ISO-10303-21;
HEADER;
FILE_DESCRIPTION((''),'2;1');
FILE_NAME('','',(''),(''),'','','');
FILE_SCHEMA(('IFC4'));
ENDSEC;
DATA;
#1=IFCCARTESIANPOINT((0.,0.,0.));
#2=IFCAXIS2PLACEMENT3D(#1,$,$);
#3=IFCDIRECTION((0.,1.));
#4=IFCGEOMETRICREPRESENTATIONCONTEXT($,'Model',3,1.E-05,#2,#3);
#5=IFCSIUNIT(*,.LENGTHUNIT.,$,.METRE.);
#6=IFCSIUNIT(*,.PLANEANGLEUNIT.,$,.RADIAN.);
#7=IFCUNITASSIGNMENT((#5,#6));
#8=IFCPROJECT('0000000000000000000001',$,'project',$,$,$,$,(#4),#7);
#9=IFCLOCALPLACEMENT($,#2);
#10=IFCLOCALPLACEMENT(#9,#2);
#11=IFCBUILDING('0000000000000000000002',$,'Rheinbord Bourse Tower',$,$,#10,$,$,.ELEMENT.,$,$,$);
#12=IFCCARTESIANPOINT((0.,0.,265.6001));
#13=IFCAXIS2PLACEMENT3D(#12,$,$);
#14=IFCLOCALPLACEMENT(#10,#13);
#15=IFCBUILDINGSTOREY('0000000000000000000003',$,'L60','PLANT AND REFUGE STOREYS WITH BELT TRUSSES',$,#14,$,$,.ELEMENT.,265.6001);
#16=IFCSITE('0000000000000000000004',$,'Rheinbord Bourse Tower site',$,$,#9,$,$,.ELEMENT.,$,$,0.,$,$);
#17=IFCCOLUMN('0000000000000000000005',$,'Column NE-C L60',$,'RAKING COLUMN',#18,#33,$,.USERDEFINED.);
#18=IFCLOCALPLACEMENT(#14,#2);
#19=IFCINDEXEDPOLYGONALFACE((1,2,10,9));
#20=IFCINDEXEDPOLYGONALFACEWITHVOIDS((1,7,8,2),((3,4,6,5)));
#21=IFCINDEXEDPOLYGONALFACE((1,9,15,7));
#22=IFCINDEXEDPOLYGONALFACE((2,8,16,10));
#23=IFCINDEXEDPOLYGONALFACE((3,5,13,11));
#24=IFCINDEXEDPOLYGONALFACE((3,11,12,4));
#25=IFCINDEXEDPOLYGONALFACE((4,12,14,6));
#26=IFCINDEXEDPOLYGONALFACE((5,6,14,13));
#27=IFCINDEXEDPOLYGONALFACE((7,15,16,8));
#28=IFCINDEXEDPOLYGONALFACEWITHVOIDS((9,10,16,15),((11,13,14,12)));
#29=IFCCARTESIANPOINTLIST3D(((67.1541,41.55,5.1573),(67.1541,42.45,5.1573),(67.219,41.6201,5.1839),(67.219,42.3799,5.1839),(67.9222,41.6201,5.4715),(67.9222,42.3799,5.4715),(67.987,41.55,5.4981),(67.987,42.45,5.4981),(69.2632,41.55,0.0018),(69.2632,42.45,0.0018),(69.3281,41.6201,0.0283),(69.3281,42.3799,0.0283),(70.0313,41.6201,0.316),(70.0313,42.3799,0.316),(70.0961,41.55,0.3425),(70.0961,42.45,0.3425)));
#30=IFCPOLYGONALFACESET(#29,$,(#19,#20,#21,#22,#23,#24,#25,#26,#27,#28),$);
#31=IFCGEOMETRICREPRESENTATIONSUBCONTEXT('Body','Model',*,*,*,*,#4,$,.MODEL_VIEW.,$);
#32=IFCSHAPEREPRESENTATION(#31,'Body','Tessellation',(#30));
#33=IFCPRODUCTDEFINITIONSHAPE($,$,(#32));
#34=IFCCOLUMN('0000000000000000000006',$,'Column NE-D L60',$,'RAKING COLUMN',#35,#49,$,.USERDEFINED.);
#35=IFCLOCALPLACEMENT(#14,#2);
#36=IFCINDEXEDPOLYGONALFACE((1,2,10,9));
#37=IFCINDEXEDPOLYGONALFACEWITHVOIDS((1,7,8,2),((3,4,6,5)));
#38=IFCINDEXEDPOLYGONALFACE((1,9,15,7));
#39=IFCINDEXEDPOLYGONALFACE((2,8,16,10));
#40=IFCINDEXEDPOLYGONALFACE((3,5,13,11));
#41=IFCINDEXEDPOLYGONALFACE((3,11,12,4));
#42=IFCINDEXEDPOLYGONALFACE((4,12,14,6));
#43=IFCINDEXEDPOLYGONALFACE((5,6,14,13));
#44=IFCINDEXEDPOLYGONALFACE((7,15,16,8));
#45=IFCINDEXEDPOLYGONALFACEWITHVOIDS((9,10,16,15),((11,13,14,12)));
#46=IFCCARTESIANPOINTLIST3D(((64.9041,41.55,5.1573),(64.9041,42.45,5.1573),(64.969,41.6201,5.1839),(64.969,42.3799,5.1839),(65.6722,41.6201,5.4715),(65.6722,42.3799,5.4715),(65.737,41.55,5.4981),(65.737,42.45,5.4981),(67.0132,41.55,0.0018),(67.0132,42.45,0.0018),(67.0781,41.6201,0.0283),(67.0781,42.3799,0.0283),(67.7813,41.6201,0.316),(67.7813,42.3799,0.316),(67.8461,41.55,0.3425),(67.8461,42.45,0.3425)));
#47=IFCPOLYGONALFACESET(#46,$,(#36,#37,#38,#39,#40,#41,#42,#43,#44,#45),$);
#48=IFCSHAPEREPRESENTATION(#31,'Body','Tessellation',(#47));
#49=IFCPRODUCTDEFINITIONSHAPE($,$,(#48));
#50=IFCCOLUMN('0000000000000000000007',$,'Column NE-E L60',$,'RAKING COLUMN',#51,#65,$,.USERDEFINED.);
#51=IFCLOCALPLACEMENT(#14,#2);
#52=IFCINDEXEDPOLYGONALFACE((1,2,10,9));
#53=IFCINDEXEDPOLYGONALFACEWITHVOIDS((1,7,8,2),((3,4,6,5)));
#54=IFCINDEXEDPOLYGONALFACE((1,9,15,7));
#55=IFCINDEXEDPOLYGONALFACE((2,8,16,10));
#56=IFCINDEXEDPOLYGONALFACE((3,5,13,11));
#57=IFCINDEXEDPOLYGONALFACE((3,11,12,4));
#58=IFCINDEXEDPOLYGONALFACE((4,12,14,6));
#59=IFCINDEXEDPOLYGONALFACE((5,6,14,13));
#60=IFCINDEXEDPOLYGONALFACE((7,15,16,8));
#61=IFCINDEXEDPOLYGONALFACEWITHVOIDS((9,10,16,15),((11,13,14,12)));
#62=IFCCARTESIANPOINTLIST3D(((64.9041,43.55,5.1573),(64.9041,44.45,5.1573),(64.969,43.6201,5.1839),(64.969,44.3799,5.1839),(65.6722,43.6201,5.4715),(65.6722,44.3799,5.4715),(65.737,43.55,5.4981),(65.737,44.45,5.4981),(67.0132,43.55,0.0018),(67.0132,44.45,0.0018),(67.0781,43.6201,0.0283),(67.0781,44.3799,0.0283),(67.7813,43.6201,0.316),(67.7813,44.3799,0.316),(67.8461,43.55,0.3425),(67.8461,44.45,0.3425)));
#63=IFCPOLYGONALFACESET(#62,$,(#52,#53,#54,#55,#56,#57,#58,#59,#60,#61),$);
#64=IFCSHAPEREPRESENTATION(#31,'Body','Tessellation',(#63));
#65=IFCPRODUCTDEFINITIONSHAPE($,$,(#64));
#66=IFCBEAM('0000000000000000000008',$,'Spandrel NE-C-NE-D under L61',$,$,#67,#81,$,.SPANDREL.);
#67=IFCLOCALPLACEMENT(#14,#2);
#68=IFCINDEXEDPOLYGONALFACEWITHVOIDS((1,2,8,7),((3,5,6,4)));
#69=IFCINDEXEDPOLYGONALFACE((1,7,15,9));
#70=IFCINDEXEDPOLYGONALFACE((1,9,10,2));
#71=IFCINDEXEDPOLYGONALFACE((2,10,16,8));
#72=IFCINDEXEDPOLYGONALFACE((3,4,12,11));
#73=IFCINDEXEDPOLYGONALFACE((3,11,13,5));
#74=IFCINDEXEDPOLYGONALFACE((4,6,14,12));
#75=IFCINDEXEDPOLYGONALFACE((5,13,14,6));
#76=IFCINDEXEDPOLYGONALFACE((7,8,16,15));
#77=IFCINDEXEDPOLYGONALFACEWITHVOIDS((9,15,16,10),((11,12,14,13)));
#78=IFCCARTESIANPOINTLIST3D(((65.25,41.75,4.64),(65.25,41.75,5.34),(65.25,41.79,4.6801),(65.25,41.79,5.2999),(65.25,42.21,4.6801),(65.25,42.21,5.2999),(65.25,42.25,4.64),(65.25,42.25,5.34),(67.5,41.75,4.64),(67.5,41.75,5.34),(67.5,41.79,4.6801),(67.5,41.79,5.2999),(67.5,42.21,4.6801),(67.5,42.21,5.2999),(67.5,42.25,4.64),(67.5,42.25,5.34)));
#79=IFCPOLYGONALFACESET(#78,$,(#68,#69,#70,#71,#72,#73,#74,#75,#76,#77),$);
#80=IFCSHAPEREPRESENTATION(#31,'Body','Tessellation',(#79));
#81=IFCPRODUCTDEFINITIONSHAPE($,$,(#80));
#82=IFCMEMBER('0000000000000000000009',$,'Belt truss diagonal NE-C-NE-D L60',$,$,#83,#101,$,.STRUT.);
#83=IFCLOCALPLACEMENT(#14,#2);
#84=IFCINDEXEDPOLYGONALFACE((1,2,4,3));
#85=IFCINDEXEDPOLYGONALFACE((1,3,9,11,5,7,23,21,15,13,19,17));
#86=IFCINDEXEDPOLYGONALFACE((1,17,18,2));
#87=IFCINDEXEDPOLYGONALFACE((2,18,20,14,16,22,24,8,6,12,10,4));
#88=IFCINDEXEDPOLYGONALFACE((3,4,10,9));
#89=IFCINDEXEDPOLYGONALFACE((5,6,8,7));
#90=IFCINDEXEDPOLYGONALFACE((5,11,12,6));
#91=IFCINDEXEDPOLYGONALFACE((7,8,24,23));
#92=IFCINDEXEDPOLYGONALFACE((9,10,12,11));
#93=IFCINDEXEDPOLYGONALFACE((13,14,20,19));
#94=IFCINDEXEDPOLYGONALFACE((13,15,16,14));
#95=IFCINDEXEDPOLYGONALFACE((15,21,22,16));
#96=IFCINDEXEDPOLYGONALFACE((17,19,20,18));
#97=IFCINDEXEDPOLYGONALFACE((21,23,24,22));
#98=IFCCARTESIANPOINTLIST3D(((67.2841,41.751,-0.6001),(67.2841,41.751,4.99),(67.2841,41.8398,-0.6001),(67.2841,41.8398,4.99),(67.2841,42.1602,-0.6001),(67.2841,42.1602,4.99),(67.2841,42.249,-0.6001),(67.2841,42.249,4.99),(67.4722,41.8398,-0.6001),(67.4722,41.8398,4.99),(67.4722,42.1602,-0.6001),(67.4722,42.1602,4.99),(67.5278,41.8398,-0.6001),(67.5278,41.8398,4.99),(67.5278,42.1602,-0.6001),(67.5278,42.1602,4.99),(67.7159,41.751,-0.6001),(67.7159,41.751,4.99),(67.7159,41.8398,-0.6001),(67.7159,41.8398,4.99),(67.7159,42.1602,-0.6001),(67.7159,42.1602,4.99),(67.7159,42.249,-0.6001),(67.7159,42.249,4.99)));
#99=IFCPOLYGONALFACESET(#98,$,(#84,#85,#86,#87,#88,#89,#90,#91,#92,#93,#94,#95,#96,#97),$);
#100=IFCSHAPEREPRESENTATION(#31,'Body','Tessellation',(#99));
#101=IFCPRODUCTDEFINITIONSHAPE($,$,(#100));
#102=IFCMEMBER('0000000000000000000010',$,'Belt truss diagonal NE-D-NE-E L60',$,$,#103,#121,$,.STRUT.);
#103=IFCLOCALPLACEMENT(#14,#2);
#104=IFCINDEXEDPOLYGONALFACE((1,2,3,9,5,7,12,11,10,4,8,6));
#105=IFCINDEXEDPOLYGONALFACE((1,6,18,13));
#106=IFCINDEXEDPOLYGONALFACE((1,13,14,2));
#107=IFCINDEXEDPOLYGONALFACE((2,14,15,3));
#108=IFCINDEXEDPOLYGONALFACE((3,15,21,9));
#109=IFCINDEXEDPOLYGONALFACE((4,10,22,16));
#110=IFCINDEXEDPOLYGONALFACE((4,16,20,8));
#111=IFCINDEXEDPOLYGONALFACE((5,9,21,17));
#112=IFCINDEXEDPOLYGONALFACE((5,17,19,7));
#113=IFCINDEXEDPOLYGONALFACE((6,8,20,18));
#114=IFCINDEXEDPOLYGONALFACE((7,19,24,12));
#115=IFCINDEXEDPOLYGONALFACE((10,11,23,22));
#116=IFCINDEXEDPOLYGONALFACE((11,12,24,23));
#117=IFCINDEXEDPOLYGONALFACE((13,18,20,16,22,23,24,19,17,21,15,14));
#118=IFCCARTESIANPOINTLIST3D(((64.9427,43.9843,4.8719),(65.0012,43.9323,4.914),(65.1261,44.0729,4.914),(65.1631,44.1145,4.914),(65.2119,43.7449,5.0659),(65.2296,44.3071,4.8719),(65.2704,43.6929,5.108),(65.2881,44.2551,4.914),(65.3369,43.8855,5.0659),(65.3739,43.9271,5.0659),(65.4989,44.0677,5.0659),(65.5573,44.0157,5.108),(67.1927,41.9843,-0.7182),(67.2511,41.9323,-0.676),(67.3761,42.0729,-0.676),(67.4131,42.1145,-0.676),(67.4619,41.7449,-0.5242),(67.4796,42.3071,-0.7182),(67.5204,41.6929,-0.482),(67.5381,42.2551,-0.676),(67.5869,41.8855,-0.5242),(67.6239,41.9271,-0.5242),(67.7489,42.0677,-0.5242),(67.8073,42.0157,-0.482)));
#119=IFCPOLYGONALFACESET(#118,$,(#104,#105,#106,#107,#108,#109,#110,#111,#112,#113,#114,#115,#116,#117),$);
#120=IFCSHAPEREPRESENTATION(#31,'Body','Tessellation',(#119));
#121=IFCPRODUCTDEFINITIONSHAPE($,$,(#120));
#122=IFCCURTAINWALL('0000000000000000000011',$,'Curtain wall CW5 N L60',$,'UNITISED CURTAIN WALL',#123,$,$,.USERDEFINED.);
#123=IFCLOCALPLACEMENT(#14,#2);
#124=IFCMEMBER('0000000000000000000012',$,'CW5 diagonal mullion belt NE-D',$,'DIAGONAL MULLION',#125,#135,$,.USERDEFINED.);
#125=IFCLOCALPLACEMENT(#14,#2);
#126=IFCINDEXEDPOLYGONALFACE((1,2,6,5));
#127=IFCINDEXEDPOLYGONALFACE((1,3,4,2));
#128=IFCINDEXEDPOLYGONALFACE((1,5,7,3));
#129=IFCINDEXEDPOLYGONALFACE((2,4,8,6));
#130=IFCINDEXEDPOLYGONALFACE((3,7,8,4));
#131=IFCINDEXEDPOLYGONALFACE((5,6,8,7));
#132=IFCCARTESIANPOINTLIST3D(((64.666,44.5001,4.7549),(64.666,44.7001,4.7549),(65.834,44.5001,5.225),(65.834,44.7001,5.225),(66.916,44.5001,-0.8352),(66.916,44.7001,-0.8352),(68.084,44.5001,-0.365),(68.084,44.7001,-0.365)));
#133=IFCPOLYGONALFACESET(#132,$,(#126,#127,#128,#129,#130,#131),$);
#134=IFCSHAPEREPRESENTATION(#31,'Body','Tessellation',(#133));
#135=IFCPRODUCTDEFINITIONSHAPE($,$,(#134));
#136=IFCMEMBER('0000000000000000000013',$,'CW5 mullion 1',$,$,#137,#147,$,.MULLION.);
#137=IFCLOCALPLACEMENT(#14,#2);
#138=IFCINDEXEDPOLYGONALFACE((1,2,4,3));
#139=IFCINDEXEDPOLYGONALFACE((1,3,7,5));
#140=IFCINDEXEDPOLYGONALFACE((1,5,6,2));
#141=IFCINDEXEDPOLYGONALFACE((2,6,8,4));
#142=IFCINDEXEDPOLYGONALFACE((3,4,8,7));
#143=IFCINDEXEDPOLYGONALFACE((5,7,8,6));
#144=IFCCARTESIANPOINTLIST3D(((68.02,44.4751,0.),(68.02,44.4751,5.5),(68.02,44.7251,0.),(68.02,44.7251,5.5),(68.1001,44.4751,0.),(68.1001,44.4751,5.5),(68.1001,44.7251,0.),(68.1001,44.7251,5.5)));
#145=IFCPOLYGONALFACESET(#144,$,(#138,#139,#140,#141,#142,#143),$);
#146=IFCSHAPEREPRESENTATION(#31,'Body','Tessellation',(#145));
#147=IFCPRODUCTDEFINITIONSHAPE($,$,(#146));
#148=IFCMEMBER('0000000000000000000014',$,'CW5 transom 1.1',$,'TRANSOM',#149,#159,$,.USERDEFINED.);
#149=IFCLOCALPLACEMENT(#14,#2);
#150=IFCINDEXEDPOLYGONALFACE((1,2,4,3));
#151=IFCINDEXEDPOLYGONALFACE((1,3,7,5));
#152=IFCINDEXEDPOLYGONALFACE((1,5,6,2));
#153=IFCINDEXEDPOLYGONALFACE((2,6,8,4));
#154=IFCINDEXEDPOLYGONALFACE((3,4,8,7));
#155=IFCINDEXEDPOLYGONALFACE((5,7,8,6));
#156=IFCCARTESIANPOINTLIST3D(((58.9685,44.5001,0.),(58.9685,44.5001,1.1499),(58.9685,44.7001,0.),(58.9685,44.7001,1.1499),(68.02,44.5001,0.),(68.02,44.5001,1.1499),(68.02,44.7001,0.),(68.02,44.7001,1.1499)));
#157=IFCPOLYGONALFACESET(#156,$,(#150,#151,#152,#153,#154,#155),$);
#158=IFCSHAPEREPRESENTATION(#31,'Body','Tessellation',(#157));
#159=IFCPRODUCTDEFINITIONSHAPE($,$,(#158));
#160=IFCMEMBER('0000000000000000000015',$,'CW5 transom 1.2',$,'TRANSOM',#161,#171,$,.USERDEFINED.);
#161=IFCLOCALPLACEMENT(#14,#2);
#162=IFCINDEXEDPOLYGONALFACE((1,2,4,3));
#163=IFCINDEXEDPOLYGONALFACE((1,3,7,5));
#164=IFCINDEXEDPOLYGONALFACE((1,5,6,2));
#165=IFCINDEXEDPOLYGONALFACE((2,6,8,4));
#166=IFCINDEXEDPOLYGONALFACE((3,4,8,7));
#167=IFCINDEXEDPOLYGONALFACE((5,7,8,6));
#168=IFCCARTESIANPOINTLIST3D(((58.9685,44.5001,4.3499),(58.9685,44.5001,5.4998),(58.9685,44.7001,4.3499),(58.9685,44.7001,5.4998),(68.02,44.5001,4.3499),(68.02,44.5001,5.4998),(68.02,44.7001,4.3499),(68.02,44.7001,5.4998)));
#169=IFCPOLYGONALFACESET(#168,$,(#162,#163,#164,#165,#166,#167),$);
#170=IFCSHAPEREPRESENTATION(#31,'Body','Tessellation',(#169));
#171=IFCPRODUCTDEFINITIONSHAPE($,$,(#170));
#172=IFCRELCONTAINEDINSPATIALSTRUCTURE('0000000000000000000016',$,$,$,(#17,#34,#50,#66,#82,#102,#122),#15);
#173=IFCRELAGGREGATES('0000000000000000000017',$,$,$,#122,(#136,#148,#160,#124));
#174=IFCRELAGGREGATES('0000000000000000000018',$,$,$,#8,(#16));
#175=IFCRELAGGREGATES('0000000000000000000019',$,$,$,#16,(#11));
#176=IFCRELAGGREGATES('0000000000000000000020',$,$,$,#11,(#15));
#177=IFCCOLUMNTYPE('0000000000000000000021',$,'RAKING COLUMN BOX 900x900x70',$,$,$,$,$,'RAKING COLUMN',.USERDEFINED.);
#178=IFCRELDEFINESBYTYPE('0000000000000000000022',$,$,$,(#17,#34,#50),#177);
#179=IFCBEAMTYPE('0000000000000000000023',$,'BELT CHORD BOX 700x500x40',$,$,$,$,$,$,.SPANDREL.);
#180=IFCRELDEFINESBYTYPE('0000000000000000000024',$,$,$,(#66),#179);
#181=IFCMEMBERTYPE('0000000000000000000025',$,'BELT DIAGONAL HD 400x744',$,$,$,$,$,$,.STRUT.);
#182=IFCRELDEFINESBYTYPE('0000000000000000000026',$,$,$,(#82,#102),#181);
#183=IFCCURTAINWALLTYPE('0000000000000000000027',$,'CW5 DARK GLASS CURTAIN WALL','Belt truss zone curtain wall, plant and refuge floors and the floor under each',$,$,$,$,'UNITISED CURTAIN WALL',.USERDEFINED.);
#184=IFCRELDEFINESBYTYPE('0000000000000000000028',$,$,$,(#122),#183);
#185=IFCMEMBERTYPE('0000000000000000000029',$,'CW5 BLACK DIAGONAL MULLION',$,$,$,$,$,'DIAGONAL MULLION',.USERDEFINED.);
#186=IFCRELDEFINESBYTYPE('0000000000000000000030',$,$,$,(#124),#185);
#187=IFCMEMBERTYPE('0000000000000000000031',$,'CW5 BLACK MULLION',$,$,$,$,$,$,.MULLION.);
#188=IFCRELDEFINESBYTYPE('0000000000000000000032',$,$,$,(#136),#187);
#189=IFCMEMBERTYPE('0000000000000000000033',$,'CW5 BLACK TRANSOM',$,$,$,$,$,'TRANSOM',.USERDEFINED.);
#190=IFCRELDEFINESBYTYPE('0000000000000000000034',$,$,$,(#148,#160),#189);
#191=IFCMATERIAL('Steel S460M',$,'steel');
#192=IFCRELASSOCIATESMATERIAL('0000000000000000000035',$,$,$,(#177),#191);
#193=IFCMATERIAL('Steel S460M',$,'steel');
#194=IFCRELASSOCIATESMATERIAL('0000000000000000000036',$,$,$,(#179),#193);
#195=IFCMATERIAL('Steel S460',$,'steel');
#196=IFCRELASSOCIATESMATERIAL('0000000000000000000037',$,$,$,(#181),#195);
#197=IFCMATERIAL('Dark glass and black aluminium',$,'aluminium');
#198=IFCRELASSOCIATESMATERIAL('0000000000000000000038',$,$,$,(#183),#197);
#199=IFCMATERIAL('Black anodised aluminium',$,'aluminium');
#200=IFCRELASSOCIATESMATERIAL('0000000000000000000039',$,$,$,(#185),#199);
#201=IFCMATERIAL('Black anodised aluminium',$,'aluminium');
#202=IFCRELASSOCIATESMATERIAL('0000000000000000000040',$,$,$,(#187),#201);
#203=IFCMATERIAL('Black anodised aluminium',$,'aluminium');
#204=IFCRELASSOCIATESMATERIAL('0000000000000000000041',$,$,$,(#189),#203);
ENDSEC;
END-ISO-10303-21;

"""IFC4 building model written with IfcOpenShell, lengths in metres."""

from ifc_helpers import new_model, si_unit, direction, frame, origin, origin_2d, place, context, subcontext, project, spatial, rectangle, hollow_rectangle, i_section, extrude, material, material_profile, profile_set, type_object, element, aggregate, save


model = new_model("IFC4")

# Units and contexts
model_context = context("Model", 3, precision=1e-05, world=origin(), true_north=direction((0.0, 1.0)))
body_context = subcontext(model_context, "Body", "Model", "MODEL_VIEW")
ifc_project = project(units=[si_unit("LENGTHUNIT", "METRE"), si_unit("PLANEANGLEUNIT", "RADIAN")], contexts=[model_context])

# Site, building, storey
site_placement = place(None, origin())
site = spatial("IfcSite", under=ifc_project, at=site_placement, Name="Rheinbord Bourse Tower site", CompositionType="ELEMENT", RefElevation=0.0)
building_placement = place(site_placement, origin())
building = spatial("IfcBuilding", under=site, at=building_placement, Name="Rheinbord Bourse Tower", CompositionType="ELEMENT")
storey_placement = place(building_placement, frame((0.0, 0.0, 265.6001)))
storey = spatial("IfcBuildingStorey", under=building, at=storey_placement, Name="L60", Description="PLANT AND REFUGE STOREYS WITH BELT TRUSSES", CompositionType="ELEMENT", Elevation=265.6001)

# Columns
ifc_material_1 = material(Name="Steel S460M", Category="steel")
ifc_material_profile_1 = material_profile(ifc_material_1, hollow_rectangle(XDim=0.8999, YDim=0.8999, WallThickness=0.0701, at=origin_2d()), Name="BOX 900x900x70")
ifc_profile_set_1 = profile_set([ifc_material_profile_1], Name="Steel S460M")
column_type = type_object("IfcColumnType", Name="RAKING COLUMN BOX 900x900x70", ElementType="RAKING COLUMN", PredefinedType="USERDEFINED", material=ifc_profile_set_1)
for number, where, z_axis, x_axis, name in (
    (1, (69.6797, 42.0, 0.1721), (-0.378633, 0.0, 0.925547), (0.925547, 0.0, 0.378633), "Column NE-C L60"),
    (2, (67.4297, 42.0, 0.1721), (-0.378633, 0.0, 0.925547), (0.0, -1.0, 0.0), "Column NE-D L60"),
    (3, (67.4297, 44.0, 0.1721), (-0.378633, 0.0, 0.925547), (0.0, -1.0, 0.0), "Column NE-E L60"),
):
    element("IfcColumn", number, at=place(storey_placement, frame(where, z_axis=z_axis, x_axis=x_axis)), inside=storey, type_object=column_type, Name=name, ObjectType="RAKING COLUMN", PredefinedType="USERDEFINED", context=body_context, shape_type="SweptSolid", body=[
        extrude(hollow_rectangle(XDim=0.8999, YDim=0.8999, WallThickness=0.0701, at=origin_2d()), origin(), (0.0, 0.0, 1.0), 5.5703),
    ])

# Beam
ifc_material_2 = material(Name="Steel S460M", Category="steel")
ifc_material_profile_2 = material_profile(ifc_material_2, hollow_rectangle(XDim=0.5, YDim=0.7, WallThickness=0.04, at=origin_2d()), Name="BOX 700x500x40")
ifc_profile_set_2 = profile_set([ifc_material_profile_2], Name="Steel S460M")
beam_type = type_object("IfcBeamType", Name="BELT CHORD BOX 700x500x40", PredefinedType="SPANDREL", material=ifc_profile_set_2)
beam_placement = place(storey_placement, frame((67.5, 42.0, 4.99), z_axis=(-1.0, 0.0, 0.0), x_axis=(0.0, -1.0, 0.0)))
element("IfcBeam", 4, at=beam_placement, inside=storey, type_object=beam_type, Name="Spandrel NE-C-NE-D under L61", PredefinedType="SPANDREL", context=body_context, shape_type="SweptSolid", body=[
    extrude(hollow_rectangle(XDim=0.5, YDim=0.7, WallThickness=0.04, at=origin_2d()), origin(), (0.0, 0.0, 1.0), 2.25),
])

# Members
ifc_material_3 = material(Name="Steel S460", Category="steel")
ifc_material_profile_3 = material_profile(ifc_material_3, i_section(OverallWidth=0.4319, OverallDepth=0.498, WebThickness=0.0557, FlangeThickness=0.0889, at=origin_2d()), Name="HD 400x744")
ifc_profile_set_3 = profile_set([ifc_material_profile_3], Name="Steel S460")
member_type_1 = type_object("IfcMemberType", Name="BELT DIAGONAL HD 400x744", PredefinedType="STRUT", material=ifc_profile_set_3)
member_1_placement = place(storey_placement, frame((67.5, 42.0, -0.6001), z_axis=(0.0, 0.0, 1.0), x_axis=(1.0, 0.0, 0.0)))
element("IfcMember", 5, at=member_1_placement, inside=storey, type_object=member_type_1, Name="Belt truss diagonal NE-C-NE-D L60", PredefinedType="STRUT", context=body_context, shape_type="SweptSolid", body=[
    extrude(i_section(OverallWidth=0.4319, OverallDepth=0.498, WebThickness=0.0557, FlangeThickness=0.0889, at=origin_2d()), origin(), (0.0, 0.0, 1.0), 5.5901),
])
member_2_placement = place(storey_placement, frame((67.5, 42.0, -0.6001), z_axis=(-0.354379, 0.315003, 0.880448), x_axis=(-0.664364, -0.747409, 0.0)))
element("IfcMember", 6, at=member_2_placement, inside=storey, type_object=member_type_1, Name="Belt truss diagonal NE-D-NE-E L60", PredefinedType="STRUT", context=body_context, shape_type="SweptSolid", body=[
    extrude(i_section(OverallWidth=0.4319, OverallDepth=0.498, WebThickness=0.0557, FlangeThickness=0.0889, at=origin_2d()), origin(), (0.0, 0.0, 1.0), 6.3491),
])

# Curtain wall, members
ifc_material_4 = material(Name="Dark glass and black aluminium", Category="aluminium")
curtain_wall_type = type_object("IfcCurtainWallType", Name="CW5 DARK GLASS CURTAIN WALL", Description="Belt truss zone curtain wall, plant and refuge floors and the floor under each", ElementType="UNITISED CURTAIN WALL", PredefinedType="USERDEFINED", material=ifc_material_4)
curtain_wall_placement = place(storey_placement, origin())
curtain_wall = element("IfcCurtainWall", 7, at=curtain_wall_placement, inside=storey, type_object=curtain_wall_type, Name="Curtain wall CW5 N L60", ObjectType="UNITISED CURTAIN WALL", PredefinedType="USERDEFINED")
ifc_material_5 = material(Name="Black anodised aluminium", Category="aluminium")
ifc_material_profile_4 = material_profile(ifc_material_5, rectangle(XDim=0.2, YDim=1.259, at=origin_2d()), Name="CW5 DIAGONAL MULLION 1259x200")
ifc_profile_set_4 = profile_set([ifc_material_profile_4], Name="Black anodised aluminium")
member_type_2 = type_object("IfcMemberType", Name="CW5 BLACK DIAGONAL MULLION", ElementType="DIAGONAL MULLION", PredefinedType="USERDEFINED", material=ifc_profile_set_4)
member_3_placement = place(storey_placement, frame((67.5, 44.6001, -0.6001), z_axis=(-0.373388, 0.0, 0.927675), x_axis=(0.0, -1.0, 0.0)))
member_3 = element("IfcMember", 8, at=member_3_placement, type_object=member_type_2, Name="CW5 diagonal mullion belt NE-D", ObjectType="DIAGONAL MULLION", PredefinedType="USERDEFINED", context=body_context, shape_type="SweptSolid", body=[
    extrude(rectangle(XDim=0.2, YDim=1.259, at=origin_2d()), origin(), (0.0, 0.0, 1.0), 6.0259),
])
ifc_material_6 = material(Name="Black anodised aluminium", Category="aluminium")
ifc_material_profile_5 = material_profile(ifc_material_6, rectangle(XDim=0.25, YDim=0.0801, at=origin_2d()), Name="CW5 MULLION 80x250")
ifc_profile_set_5 = profile_set([ifc_material_profile_5], Name="Black anodised aluminium")
member_type_3 = type_object("IfcMemberType", Name="CW5 BLACK MULLION", PredefinedType="MULLION", material=ifc_profile_set_5)
member_4_placement = place(storey_placement, frame((68.0601, 44.6001, 0.0), z_axis=(0.0, 0.0, 1.0), x_axis=(0.0, -1.0, 0.0)))
member_4 = element("IfcMember", 9, at=member_4_placement, type_object=member_type_3, Name="CW5 mullion 1", PredefinedType="MULLION", context=body_context, shape_type="SweptSolid", body=[
    extrude(rectangle(XDim=0.25, YDim=0.0801, at=origin_2d()), origin(), (0.0, 0.0, 1.0), 5.5),
])
ifc_material_7 = material(Name="Black anodised aluminium", Category="aluminium")
ifc_material_profile_6 = material_profile(ifc_material_7, rectangle(XDim=0.2, YDim=1.1499, at=origin_2d()), Name="CW5 TRANSOM 1150x200")
ifc_profile_set_6 = profile_set([ifc_material_profile_6], Name="Black anodised aluminium")
member_type_4 = type_object("IfcMemberType", Name="CW5 BLACK TRANSOM", ElementType="TRANSOM", PredefinedType="USERDEFINED", material=ifc_profile_set_6)
member_5_placement = place(storey_placement, frame((68.02, 44.6001, 0.575), z_axis=(-1.0, 0.0, 0.0), x_axis=(0.0, -1.0, 0.0)))
member_5 = element("IfcMember", 10, at=member_5_placement, type_object=member_type_4, Name="CW5 transom 1.1", ObjectType="TRANSOM", PredefinedType="USERDEFINED", context=body_context, shape_type="SweptSolid", body=[
    extrude(rectangle(XDim=0.2, YDim=1.1499, at=origin_2d()), origin(), (0.0, 0.0, 1.0), 9.0515),
])
member_6_placement = place(storey_placement, frame((68.02, 44.6001, 4.9248), z_axis=(-1.0, 0.0, 0.0), x_axis=(0.0, -1.0, 0.0)))
member_6 = element("IfcMember", 11, at=member_6_placement, type_object=member_type_4, Name="CW5 transom 1.2", ObjectType="TRANSOM", PredefinedType="USERDEFINED", context=body_context, shape_type="SweptSolid", body=[
    extrude(rectangle(XDim=0.2, YDim=1.1499, at=origin_2d()), origin(), (0.0, 0.0, 1.0), 9.0515),
])

aggregate(curtain_wall, [member_4, member_5, member_6, member_3])

save(model, "model.ifc")
